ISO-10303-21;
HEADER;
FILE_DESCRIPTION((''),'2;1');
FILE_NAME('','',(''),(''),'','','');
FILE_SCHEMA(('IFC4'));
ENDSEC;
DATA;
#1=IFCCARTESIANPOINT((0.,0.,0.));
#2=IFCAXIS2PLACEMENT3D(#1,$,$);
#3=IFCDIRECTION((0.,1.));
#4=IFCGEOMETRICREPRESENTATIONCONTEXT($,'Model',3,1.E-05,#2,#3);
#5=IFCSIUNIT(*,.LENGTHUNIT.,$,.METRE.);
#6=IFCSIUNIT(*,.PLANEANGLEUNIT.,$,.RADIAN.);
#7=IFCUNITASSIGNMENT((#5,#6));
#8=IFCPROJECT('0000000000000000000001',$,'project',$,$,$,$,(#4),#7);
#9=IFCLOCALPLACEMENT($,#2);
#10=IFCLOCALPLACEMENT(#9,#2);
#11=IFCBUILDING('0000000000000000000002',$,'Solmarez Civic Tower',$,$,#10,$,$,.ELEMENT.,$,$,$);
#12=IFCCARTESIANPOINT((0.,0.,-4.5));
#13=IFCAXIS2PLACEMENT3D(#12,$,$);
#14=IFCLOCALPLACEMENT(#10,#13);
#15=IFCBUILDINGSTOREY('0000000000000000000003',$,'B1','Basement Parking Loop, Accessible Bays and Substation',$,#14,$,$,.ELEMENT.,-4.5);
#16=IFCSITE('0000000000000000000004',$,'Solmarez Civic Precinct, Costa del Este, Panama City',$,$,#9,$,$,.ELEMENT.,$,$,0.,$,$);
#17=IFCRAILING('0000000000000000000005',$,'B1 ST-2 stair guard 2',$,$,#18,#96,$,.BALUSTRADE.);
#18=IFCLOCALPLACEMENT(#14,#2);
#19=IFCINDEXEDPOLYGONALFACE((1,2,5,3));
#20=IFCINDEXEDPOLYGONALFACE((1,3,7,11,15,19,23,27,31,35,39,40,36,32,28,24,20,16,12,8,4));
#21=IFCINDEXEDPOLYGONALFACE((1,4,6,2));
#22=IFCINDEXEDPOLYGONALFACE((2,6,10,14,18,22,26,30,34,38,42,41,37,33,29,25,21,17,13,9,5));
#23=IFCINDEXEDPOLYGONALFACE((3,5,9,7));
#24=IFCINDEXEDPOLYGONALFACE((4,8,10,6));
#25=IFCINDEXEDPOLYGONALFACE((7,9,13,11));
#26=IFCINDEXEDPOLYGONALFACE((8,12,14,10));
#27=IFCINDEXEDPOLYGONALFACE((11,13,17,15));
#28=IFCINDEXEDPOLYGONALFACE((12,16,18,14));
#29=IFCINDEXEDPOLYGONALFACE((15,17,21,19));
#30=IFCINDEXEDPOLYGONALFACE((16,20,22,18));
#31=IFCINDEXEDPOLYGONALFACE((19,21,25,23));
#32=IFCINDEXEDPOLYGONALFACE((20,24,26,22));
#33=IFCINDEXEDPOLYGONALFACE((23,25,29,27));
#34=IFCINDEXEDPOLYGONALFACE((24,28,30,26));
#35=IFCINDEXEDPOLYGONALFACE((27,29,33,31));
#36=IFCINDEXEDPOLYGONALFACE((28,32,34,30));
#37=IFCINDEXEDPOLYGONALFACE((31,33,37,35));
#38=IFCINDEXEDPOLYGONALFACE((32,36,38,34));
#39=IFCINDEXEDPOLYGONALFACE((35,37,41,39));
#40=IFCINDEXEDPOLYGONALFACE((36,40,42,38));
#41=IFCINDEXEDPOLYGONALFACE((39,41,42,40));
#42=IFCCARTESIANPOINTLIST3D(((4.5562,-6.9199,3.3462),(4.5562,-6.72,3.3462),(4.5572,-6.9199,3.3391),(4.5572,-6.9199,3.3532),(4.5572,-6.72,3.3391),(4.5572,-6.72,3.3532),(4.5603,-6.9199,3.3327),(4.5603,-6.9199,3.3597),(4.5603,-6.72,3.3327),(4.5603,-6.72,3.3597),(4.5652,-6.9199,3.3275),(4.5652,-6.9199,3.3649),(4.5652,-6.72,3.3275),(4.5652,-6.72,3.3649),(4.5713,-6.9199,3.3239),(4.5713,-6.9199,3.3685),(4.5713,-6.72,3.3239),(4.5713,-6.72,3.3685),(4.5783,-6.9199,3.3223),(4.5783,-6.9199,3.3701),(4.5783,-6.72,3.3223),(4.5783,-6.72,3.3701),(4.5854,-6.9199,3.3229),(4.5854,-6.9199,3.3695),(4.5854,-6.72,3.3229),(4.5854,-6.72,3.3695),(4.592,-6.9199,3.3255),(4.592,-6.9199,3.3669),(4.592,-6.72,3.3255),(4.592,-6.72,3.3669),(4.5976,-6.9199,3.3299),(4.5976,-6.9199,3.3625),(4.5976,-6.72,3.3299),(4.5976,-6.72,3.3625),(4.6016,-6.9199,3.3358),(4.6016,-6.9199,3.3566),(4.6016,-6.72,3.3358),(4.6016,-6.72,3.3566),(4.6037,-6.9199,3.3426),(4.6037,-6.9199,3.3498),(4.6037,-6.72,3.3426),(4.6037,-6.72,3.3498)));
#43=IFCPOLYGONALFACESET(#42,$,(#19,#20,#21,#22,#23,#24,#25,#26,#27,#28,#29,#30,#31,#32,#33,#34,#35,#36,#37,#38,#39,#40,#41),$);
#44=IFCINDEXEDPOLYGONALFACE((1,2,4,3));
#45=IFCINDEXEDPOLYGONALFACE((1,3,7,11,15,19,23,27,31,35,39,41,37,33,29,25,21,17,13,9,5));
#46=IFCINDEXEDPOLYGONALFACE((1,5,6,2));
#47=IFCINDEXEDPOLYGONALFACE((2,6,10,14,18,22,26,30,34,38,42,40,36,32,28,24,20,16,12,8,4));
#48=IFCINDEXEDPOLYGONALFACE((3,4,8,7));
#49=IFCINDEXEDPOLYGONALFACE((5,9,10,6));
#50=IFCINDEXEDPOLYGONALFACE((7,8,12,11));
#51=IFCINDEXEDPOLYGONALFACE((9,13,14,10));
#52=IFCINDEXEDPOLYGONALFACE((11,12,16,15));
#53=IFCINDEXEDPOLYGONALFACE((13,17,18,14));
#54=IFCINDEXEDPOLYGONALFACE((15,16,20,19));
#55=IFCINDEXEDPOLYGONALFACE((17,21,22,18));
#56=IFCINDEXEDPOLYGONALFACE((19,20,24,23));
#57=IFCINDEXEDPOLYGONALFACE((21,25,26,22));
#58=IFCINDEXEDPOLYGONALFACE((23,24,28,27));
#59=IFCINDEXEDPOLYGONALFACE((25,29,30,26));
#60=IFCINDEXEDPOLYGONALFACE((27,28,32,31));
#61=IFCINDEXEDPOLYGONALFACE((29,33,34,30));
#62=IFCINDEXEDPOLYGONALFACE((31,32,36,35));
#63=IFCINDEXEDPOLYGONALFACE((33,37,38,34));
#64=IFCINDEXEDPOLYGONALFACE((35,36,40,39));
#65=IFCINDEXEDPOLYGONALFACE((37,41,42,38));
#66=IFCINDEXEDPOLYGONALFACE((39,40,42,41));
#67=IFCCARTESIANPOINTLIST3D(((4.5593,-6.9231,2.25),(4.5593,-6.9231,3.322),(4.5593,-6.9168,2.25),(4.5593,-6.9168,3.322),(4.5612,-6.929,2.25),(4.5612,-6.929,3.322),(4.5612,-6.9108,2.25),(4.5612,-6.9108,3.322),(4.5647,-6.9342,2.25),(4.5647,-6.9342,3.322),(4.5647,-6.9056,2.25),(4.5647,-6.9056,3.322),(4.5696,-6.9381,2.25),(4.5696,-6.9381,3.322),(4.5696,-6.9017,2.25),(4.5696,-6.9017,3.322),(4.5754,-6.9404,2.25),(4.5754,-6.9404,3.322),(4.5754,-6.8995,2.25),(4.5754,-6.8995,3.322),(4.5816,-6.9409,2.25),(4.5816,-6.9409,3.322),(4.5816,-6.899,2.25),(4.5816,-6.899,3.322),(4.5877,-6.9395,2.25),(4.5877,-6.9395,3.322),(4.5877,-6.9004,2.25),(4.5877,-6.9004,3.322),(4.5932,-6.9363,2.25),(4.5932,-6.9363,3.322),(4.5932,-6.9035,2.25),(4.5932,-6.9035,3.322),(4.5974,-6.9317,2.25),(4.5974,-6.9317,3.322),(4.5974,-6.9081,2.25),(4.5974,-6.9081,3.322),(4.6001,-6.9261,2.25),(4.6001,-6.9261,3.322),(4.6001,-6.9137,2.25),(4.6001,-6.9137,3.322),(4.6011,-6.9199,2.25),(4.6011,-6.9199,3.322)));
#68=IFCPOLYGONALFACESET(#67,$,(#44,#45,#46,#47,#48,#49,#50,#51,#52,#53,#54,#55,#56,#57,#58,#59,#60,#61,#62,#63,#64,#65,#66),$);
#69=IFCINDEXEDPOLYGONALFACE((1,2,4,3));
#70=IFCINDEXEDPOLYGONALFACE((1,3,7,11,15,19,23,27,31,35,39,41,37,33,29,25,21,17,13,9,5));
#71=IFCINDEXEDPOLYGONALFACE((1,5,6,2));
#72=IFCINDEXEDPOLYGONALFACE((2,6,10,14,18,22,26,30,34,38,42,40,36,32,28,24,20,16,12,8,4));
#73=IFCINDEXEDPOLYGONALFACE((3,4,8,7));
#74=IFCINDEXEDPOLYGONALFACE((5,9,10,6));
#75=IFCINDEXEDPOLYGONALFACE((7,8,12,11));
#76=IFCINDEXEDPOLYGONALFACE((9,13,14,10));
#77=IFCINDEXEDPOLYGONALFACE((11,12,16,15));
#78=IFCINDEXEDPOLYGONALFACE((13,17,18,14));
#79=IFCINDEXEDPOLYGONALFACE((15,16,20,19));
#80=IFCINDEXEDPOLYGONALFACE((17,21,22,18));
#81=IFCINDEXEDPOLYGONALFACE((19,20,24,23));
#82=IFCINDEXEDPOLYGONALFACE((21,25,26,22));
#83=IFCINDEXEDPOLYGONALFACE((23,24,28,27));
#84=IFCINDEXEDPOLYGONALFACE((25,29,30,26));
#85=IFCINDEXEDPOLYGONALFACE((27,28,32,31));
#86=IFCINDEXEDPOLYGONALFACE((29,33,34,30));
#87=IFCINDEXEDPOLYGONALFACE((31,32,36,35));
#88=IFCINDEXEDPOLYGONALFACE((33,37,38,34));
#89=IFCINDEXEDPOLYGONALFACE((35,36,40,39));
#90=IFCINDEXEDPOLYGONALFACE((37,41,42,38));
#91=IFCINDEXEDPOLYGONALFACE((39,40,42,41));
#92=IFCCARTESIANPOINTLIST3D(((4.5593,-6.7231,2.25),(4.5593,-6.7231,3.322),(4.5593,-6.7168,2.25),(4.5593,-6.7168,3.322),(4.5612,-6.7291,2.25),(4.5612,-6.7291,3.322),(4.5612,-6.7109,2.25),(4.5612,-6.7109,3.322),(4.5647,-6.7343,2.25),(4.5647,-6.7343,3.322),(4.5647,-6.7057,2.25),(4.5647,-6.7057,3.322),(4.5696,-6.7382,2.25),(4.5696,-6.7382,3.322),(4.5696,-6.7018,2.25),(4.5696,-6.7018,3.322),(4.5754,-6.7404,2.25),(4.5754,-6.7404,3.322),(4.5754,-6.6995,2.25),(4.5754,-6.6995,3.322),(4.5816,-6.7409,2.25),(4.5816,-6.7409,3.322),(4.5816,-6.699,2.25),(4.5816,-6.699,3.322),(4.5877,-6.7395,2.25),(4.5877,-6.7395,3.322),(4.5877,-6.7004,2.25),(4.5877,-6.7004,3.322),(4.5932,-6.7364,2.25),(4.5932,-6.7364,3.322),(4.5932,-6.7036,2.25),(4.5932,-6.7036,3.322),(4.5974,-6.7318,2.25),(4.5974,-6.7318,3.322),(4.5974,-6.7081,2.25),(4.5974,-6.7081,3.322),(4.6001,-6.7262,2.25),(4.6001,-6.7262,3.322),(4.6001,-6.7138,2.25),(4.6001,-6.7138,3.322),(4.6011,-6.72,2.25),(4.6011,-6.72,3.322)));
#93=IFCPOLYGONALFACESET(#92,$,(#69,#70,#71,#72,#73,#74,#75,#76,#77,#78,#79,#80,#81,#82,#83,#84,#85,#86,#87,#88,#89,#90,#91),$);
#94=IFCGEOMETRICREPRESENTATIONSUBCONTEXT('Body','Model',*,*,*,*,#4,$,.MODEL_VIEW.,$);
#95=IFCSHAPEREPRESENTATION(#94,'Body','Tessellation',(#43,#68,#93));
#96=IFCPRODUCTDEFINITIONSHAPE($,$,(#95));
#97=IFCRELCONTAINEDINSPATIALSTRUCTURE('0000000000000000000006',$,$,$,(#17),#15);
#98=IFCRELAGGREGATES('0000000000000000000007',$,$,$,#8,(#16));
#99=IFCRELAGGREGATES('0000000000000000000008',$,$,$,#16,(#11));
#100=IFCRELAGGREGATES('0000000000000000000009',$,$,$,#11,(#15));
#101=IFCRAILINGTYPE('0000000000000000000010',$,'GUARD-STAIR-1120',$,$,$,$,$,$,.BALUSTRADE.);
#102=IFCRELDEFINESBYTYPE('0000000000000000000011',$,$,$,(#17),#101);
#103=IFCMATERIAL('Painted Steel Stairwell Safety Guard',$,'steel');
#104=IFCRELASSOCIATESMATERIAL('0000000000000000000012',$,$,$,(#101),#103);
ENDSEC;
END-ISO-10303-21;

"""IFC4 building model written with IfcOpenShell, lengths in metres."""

from ifc_helpers import new_model, si_unit, direction, frame, origin, origin_2d, place, context, subcontext, project, spatial, circle, extrude, material, type_object, element, save


model = new_model("IFC4")

# Units and contexts
model_context = context("Model", 3, precision=1e-05, world=origin(), true_north=direction((0.0, 1.0)))
body_context = subcontext(model_context, "Body", "Model", "MODEL_VIEW")
ifc_project = project(units=[si_unit("LENGTHUNIT", "METRE"), si_unit("PLANEANGLEUNIT", "RADIAN")], contexts=[model_context])

# Site, building, storey
site_placement = place(None, origin())
site = spatial("IfcSite", under=ifc_project, at=site_placement, Name="Solmarez Civic Precinct, Costa del Este, Panama City", CompositionType="ELEMENT", RefElevation=0.0)
building_placement = place(site_placement, origin())
building = spatial("IfcBuilding", under=site, at=building_placement, Name="Solmarez Civic Tower", CompositionType="ELEMENT")
storey_placement = place(building_placement, frame((0.0, 0.0, -4.5)))
storey = spatial("IfcBuildingStorey", under=building, at=storey_placement, Name="B1", Description="Basement Parking Loop, Accessible Bays and Substation", CompositionType="ELEMENT", Elevation=-4.5)

# Railing
ifc_material_1 = material(Name="Painted Steel Stairwell Safety Guard", Category="steel")
railing_type_1 = type_object("IfcRailingType", Name="GUARD-STAIR-1120", PredefinedType="BALUSTRADE", material=ifc_material_1)
railing_1_placement = place(storey_placement, frame((4.5801, -6.9199, 2.25)))
element("IfcRailing", 1, at=railing_1_placement, inside=storey, type_object=railing_type_1, Name="B1 ST-2 stair guard 2", PredefinedType="BALUSTRADE", context=body_context, shape_type="SweptSolid", body=[
    extrude(circle(Radius=0.0239, at=origin_2d()), frame((0.0, 0.0, 1.0962), z_axis=(0.0, 1.0, 0.0), x_axis=(-1.0, 0.0, 0.0)), (0.0, 0.0, 1.0), 0.2),
    extrude(circle(Radius=0.021, at=origin_2d()), origin(), (0.0, 0.0, 1.0), 1.072),
    extrude(circle(Radius=0.021, at=origin_2d()), frame((0.0, 0.2, 0.0)), (0.0, 0.0, 1.0), 1.072),
])

save(model, "model.ifc")
